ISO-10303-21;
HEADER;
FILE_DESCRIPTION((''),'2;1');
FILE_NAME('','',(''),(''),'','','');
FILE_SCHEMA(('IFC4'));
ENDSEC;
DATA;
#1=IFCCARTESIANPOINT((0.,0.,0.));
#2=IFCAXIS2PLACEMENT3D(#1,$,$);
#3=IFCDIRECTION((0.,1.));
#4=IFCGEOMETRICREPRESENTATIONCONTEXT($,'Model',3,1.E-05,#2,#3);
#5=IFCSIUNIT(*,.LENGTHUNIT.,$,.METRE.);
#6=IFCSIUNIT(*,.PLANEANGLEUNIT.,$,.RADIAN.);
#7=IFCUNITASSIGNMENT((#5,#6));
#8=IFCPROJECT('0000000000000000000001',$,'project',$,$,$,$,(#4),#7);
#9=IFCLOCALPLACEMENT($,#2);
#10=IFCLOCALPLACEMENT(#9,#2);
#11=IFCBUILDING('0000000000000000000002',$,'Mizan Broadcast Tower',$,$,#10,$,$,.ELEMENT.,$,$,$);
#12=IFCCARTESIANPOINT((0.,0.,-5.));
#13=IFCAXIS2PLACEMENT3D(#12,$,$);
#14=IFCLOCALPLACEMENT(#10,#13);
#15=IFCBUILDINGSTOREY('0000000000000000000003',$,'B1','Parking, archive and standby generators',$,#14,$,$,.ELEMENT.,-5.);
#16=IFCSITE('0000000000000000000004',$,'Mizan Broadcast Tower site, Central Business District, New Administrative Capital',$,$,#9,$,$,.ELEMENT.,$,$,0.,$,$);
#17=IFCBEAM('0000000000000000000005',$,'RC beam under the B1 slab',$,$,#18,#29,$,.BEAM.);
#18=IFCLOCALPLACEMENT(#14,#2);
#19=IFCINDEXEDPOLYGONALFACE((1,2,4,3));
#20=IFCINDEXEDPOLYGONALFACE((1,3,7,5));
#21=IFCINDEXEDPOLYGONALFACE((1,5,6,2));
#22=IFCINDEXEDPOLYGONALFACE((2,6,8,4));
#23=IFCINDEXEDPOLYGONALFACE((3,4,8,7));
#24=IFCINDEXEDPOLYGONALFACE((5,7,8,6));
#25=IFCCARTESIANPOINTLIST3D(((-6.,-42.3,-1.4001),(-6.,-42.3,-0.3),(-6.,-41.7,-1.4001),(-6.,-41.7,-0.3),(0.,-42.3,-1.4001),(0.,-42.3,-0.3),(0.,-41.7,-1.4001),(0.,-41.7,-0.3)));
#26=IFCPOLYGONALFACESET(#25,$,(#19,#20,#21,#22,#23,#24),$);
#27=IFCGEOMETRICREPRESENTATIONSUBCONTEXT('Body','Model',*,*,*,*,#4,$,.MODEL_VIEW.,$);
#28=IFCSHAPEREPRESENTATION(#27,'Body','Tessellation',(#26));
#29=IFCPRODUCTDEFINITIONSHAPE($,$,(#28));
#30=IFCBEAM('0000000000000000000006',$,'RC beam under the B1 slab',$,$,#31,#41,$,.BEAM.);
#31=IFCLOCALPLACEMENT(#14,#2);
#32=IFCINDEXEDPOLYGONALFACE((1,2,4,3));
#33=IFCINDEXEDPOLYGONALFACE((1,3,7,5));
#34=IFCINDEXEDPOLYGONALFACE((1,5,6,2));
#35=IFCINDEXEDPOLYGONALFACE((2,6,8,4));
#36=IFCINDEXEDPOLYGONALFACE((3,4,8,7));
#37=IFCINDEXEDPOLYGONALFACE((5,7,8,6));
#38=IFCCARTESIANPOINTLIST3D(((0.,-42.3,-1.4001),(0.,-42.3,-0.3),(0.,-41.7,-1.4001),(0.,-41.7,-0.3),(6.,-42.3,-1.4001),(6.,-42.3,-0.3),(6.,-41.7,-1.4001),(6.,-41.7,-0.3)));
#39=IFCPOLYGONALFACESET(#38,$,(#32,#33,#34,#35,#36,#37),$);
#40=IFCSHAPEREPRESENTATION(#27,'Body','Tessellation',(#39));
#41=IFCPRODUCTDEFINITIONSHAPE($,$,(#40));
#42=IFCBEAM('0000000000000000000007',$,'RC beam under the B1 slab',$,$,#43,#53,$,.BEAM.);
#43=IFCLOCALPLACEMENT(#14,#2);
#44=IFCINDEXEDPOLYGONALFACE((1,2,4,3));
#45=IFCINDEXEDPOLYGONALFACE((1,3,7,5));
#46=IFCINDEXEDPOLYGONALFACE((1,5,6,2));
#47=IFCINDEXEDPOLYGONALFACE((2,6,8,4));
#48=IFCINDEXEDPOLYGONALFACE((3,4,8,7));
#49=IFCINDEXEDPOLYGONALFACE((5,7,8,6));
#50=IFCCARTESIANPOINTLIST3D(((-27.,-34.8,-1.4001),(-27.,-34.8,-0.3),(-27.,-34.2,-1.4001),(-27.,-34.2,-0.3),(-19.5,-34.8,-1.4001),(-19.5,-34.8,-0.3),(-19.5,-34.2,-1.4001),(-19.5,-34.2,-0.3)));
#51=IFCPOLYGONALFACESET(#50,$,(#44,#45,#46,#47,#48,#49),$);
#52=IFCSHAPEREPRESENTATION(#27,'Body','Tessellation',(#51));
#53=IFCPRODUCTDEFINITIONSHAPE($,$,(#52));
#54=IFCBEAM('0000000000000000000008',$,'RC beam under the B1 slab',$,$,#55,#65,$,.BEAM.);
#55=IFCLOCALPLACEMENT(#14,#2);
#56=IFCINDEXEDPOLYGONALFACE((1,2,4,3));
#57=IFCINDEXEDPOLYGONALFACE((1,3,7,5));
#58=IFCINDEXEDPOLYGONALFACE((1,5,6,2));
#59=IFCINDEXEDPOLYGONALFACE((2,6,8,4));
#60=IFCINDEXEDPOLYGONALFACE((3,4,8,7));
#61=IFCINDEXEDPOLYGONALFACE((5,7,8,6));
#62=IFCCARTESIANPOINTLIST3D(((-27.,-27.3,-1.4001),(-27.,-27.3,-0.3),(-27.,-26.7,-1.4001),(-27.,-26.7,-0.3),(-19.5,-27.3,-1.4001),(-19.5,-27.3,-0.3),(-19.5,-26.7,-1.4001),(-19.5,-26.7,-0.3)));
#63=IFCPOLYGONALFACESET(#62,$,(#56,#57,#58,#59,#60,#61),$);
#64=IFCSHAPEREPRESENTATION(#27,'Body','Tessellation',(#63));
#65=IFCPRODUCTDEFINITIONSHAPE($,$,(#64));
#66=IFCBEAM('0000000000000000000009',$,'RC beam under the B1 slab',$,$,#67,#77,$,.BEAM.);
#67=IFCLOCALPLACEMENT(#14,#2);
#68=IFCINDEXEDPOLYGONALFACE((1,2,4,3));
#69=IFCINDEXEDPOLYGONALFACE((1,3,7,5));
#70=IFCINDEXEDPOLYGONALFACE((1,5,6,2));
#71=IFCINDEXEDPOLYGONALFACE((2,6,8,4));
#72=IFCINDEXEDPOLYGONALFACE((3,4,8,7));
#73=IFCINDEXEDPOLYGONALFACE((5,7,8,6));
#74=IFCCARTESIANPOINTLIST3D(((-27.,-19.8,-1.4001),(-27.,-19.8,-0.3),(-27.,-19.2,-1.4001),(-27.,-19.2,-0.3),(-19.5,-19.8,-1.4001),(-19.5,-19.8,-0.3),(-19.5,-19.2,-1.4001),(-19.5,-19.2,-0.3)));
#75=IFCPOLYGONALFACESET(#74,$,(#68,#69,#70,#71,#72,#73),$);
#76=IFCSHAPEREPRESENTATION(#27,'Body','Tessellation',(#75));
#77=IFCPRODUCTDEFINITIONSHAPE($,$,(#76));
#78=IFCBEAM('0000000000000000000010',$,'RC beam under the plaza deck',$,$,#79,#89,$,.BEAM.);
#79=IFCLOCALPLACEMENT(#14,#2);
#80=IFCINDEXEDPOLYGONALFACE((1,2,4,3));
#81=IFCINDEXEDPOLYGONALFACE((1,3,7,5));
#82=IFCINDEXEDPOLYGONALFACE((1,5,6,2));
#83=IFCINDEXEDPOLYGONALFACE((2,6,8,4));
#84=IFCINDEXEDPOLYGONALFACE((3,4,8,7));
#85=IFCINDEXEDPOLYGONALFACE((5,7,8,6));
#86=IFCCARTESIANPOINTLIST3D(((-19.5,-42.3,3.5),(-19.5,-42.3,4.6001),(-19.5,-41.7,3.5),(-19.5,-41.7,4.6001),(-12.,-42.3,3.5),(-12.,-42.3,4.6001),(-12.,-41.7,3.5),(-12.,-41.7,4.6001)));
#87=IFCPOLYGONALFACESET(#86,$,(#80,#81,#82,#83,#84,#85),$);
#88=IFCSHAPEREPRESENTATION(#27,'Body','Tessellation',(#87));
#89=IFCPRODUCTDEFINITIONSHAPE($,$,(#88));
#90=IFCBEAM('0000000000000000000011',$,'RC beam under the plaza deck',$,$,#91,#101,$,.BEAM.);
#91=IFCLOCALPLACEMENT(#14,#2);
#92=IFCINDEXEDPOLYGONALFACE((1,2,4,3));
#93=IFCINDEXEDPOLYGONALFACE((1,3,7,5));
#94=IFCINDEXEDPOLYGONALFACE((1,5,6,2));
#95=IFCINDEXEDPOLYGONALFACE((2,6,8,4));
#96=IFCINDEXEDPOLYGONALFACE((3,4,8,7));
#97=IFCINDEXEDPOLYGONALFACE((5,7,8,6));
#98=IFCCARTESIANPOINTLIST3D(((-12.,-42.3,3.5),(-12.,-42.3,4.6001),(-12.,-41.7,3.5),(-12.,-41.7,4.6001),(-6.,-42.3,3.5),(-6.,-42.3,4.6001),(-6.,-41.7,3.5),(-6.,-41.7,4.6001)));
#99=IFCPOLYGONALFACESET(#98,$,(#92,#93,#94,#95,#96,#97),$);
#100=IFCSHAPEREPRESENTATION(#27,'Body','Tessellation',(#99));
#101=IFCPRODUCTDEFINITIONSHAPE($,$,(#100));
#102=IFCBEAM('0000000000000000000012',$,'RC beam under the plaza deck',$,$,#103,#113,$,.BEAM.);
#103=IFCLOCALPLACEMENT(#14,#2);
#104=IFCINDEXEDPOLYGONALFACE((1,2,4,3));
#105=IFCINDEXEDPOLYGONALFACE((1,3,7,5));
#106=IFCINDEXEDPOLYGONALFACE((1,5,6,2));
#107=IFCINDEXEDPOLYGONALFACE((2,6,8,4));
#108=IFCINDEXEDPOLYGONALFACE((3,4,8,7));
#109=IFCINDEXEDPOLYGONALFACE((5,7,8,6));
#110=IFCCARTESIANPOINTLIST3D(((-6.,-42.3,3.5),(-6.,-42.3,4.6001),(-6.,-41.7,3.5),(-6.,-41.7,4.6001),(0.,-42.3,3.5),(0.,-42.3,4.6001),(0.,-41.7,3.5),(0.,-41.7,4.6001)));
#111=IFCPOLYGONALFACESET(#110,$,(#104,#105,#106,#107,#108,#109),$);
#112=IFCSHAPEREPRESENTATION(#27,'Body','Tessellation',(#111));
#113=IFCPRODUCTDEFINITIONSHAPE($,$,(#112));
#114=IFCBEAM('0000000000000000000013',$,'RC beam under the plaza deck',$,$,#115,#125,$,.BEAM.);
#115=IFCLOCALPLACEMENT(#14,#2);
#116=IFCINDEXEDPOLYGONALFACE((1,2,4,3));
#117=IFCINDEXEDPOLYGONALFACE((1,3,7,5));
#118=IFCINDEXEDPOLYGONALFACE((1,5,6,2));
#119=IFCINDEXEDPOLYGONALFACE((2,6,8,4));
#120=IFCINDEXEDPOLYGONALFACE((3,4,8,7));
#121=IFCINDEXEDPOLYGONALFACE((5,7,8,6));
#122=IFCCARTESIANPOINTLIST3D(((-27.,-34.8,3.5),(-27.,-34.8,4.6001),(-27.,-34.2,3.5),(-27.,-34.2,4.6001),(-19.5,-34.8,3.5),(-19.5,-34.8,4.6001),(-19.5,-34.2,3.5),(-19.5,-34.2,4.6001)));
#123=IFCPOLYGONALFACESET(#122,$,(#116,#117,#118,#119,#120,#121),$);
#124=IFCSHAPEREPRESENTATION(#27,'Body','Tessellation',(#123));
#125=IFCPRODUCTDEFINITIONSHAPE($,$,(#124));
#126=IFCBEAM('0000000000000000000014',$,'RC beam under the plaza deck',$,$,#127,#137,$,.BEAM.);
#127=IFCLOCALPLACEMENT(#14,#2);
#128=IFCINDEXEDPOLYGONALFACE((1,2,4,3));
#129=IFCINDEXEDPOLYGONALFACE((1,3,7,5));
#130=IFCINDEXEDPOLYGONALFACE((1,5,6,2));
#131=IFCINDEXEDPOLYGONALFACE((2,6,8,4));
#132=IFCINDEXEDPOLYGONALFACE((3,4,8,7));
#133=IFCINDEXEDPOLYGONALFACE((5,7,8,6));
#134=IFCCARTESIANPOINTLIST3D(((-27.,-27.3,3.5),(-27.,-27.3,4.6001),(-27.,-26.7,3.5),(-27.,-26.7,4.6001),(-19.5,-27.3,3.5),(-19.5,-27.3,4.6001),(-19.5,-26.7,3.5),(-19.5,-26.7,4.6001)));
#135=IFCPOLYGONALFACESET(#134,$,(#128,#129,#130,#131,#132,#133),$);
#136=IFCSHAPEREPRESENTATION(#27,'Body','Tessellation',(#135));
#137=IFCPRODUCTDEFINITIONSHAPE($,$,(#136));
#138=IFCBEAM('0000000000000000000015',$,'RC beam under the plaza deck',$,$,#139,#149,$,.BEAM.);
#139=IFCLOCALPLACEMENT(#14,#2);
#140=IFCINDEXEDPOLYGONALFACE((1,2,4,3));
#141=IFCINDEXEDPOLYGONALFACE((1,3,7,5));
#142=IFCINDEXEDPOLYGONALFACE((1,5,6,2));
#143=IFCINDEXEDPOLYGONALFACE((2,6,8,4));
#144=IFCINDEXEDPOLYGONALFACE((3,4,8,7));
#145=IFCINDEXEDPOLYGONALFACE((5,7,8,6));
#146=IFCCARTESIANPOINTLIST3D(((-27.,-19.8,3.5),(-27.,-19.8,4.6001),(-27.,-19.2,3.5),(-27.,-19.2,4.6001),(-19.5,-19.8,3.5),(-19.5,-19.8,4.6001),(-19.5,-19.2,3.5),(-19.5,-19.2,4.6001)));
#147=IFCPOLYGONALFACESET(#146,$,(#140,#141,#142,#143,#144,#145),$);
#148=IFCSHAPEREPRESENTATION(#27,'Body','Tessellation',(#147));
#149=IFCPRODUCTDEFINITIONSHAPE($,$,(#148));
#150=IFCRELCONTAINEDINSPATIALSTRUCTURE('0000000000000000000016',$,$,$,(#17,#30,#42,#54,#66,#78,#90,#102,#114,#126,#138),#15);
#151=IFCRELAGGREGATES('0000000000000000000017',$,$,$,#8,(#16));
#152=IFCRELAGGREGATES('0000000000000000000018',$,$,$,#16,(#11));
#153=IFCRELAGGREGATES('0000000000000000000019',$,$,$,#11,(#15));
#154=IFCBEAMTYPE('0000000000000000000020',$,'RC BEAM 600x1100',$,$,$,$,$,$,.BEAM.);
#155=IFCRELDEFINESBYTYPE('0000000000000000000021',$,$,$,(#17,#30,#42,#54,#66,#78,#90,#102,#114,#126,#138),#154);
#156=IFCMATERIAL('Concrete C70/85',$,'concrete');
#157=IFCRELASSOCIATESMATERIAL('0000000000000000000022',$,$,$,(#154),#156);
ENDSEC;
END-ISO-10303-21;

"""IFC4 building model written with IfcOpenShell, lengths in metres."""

from ifc_helpers import new_model, si_unit, direction, frame, origin, origin_2d, place, context, subcontext, project, spatial, rectangle, extrude, material, material_profile, profile_set, type_object, element, save


model = new_model("IFC4")

# Units and contexts
model_context = context("Model", 3, precision=1e-05, world=origin(), true_north=direction((0.0, 1.0)))
body_context = subcontext(model_context, "Body", "Model", "MODEL_VIEW")
ifc_project = project(units=[si_unit("LENGTHUNIT", "METRE"), si_unit("PLANEANGLEUNIT", "RADIAN")], contexts=[model_context])

# Site, building, storey
site_placement = place(None, origin())
site = spatial("IfcSite", under=ifc_project, at=site_placement, Name="Mizan Broadcast Tower site, Central Business District, New Administrative Capital", CompositionType="ELEMENT", RefElevation=0.0)
building_placement = place(site_placement, origin())
building = spatial("IfcBuilding", under=site, at=building_placement, Name="Mizan Broadcast Tower", CompositionType="ELEMENT")
storey_placement = place(building_placement, frame((0.0, 0.0, -5.0)))
storey = spatial("IfcBuildingStorey", under=building, at=storey_placement, Name="B1", Description="Parking, archive and standby generators", CompositionType="ELEMENT", Elevation=-5.0)

# Beams
ifc_material_1 = material(Name="Concrete C70/85", Category="concrete")
ifc_material_profile_1 = material_profile(ifc_material_1, rectangle(XDim=0.6001, YDim=1.1001, at=origin_2d()), Name="RC 600x1100")
ifc_profile_set_1 = profile_set([ifc_material_profile_1], Name="Concrete C70/85")
beam_type = type_object("IfcBeamType", Name="RC BEAM 600x1100", PredefinedType="BEAM", material=ifc_profile_set_1)
for number, where, z_axis, x_axis, name in (
    (1, (-6.0, -42.0, -0.8501), (1.0, 0.0, 0.0), (0.0, 1.0, 0.0), "RC beam under the B1 slab"),
    (2, (0.0, -42.0, -0.8501), (1.0, 0.0, 0.0), (0.0, 1.0, 0.0), "RC beam under the B1 slab"),
):
    element("IfcBeam", number, at=place(storey_placement, frame(where, z_axis=z_axis, x_axis=x_axis)), inside=storey, type_object=beam_type, Name=name, PredefinedType="BEAM", context=body_context, shape_type="SweptSolid", body=[
        extrude(rectangle(XDim=0.6001, YDim=1.1001, at=origin_2d()), origin(), (0.0, 0.0, 1.0), 6.0),
    ])
for number, where, z_axis, x_axis, name in (
    (3, (-27.0, -34.5, -0.8501), (1.0, 0.0, 0.0), (0.0, 1.0, 0.0), "RC beam under the B1 slab"),
    (4, (-27.0, -27.0, -0.8501), (1.0, 0.0, 0.0), (0.0, 1.0, 0.0), "RC beam under the B1 slab"),
    (5, (-27.0, -19.5, -0.8501), (1.0, 0.0, 0.0), (0.0, 1.0, 0.0), "RC beam under the B1 slab"),
    (6, (-19.5, -42.0, 4.05), (1.0, 0.0, 0.0), (0.0, 1.0, 0.0), "RC beam under the plaza deck"),
):
    element("IfcBeam", number, at=place(storey_placement, frame(where, z_axis=z_axis, x_axis=x_axis)), inside=storey, type_object=beam_type, Name=name, PredefinedType="BEAM", context=body_context, shape_type="SweptSolid", body=[
        extrude(rectangle(XDim=0.6001, YDim=1.1001, at=origin_2d()), origin(), (0.0, 0.0, 1.0), 7.5),
    ])
for number, where, z_axis, x_axis, name in (
    (7, (-12.0, -42.0, 4.05), (1.0, 0.0, 0.0), (0.0, 1.0, 0.0), "RC beam under the plaza deck"),
    (8, (-6.0, -42.0, 4.05), (1.0, 0.0, 0.0), (0.0, 1.0, 0.0), "RC beam under the plaza deck"),
):
    element("IfcBeam", number, at=place(storey_placement, frame(where, z_axis=z_axis, x_axis=x_axis)), inside=storey, type_object=beam_type, Name=name, PredefinedType="BEAM", context=body_context, shape_type="SweptSolid", body=[
        extrude(rectangle(XDim=0.6001, YDim=1.1001, at=origin_2d()), origin(), (0.0, 0.0, 1.0), 6.0),
    ])
for number, where, z_axis, x_axis, name in (
    (9, (-27.0, -34.5, 4.05), (1.0, 0.0, 0.0), (0.0, 1.0, 0.0), "RC beam under the plaza deck"),
    (10, (-27.0, -27.0, 4.05), (1.0, 0.0, 0.0), (0.0, 1.0, 0.0), "RC beam under the plaza deck"),
    (11, (-27.0, -19.5, 4.05), (1.0, 0.0, 0.0), (0.0, 1.0, 0.0), "RC beam under the plaza deck"),
):
    element("IfcBeam", number, at=place(storey_placement, frame(where, z_axis=z_axis, x_axis=x_axis)), inside=storey, type_object=beam_type, Name=name, PredefinedType="BEAM", context=body_context, shape_type="SweptSolid", body=[
        extrude(rectangle(XDim=0.6001, YDim=1.1001, at=origin_2d()), origin(), (0.0, 0.0, 1.0), 7.5),
    ])

save(model, "model.ifc")
